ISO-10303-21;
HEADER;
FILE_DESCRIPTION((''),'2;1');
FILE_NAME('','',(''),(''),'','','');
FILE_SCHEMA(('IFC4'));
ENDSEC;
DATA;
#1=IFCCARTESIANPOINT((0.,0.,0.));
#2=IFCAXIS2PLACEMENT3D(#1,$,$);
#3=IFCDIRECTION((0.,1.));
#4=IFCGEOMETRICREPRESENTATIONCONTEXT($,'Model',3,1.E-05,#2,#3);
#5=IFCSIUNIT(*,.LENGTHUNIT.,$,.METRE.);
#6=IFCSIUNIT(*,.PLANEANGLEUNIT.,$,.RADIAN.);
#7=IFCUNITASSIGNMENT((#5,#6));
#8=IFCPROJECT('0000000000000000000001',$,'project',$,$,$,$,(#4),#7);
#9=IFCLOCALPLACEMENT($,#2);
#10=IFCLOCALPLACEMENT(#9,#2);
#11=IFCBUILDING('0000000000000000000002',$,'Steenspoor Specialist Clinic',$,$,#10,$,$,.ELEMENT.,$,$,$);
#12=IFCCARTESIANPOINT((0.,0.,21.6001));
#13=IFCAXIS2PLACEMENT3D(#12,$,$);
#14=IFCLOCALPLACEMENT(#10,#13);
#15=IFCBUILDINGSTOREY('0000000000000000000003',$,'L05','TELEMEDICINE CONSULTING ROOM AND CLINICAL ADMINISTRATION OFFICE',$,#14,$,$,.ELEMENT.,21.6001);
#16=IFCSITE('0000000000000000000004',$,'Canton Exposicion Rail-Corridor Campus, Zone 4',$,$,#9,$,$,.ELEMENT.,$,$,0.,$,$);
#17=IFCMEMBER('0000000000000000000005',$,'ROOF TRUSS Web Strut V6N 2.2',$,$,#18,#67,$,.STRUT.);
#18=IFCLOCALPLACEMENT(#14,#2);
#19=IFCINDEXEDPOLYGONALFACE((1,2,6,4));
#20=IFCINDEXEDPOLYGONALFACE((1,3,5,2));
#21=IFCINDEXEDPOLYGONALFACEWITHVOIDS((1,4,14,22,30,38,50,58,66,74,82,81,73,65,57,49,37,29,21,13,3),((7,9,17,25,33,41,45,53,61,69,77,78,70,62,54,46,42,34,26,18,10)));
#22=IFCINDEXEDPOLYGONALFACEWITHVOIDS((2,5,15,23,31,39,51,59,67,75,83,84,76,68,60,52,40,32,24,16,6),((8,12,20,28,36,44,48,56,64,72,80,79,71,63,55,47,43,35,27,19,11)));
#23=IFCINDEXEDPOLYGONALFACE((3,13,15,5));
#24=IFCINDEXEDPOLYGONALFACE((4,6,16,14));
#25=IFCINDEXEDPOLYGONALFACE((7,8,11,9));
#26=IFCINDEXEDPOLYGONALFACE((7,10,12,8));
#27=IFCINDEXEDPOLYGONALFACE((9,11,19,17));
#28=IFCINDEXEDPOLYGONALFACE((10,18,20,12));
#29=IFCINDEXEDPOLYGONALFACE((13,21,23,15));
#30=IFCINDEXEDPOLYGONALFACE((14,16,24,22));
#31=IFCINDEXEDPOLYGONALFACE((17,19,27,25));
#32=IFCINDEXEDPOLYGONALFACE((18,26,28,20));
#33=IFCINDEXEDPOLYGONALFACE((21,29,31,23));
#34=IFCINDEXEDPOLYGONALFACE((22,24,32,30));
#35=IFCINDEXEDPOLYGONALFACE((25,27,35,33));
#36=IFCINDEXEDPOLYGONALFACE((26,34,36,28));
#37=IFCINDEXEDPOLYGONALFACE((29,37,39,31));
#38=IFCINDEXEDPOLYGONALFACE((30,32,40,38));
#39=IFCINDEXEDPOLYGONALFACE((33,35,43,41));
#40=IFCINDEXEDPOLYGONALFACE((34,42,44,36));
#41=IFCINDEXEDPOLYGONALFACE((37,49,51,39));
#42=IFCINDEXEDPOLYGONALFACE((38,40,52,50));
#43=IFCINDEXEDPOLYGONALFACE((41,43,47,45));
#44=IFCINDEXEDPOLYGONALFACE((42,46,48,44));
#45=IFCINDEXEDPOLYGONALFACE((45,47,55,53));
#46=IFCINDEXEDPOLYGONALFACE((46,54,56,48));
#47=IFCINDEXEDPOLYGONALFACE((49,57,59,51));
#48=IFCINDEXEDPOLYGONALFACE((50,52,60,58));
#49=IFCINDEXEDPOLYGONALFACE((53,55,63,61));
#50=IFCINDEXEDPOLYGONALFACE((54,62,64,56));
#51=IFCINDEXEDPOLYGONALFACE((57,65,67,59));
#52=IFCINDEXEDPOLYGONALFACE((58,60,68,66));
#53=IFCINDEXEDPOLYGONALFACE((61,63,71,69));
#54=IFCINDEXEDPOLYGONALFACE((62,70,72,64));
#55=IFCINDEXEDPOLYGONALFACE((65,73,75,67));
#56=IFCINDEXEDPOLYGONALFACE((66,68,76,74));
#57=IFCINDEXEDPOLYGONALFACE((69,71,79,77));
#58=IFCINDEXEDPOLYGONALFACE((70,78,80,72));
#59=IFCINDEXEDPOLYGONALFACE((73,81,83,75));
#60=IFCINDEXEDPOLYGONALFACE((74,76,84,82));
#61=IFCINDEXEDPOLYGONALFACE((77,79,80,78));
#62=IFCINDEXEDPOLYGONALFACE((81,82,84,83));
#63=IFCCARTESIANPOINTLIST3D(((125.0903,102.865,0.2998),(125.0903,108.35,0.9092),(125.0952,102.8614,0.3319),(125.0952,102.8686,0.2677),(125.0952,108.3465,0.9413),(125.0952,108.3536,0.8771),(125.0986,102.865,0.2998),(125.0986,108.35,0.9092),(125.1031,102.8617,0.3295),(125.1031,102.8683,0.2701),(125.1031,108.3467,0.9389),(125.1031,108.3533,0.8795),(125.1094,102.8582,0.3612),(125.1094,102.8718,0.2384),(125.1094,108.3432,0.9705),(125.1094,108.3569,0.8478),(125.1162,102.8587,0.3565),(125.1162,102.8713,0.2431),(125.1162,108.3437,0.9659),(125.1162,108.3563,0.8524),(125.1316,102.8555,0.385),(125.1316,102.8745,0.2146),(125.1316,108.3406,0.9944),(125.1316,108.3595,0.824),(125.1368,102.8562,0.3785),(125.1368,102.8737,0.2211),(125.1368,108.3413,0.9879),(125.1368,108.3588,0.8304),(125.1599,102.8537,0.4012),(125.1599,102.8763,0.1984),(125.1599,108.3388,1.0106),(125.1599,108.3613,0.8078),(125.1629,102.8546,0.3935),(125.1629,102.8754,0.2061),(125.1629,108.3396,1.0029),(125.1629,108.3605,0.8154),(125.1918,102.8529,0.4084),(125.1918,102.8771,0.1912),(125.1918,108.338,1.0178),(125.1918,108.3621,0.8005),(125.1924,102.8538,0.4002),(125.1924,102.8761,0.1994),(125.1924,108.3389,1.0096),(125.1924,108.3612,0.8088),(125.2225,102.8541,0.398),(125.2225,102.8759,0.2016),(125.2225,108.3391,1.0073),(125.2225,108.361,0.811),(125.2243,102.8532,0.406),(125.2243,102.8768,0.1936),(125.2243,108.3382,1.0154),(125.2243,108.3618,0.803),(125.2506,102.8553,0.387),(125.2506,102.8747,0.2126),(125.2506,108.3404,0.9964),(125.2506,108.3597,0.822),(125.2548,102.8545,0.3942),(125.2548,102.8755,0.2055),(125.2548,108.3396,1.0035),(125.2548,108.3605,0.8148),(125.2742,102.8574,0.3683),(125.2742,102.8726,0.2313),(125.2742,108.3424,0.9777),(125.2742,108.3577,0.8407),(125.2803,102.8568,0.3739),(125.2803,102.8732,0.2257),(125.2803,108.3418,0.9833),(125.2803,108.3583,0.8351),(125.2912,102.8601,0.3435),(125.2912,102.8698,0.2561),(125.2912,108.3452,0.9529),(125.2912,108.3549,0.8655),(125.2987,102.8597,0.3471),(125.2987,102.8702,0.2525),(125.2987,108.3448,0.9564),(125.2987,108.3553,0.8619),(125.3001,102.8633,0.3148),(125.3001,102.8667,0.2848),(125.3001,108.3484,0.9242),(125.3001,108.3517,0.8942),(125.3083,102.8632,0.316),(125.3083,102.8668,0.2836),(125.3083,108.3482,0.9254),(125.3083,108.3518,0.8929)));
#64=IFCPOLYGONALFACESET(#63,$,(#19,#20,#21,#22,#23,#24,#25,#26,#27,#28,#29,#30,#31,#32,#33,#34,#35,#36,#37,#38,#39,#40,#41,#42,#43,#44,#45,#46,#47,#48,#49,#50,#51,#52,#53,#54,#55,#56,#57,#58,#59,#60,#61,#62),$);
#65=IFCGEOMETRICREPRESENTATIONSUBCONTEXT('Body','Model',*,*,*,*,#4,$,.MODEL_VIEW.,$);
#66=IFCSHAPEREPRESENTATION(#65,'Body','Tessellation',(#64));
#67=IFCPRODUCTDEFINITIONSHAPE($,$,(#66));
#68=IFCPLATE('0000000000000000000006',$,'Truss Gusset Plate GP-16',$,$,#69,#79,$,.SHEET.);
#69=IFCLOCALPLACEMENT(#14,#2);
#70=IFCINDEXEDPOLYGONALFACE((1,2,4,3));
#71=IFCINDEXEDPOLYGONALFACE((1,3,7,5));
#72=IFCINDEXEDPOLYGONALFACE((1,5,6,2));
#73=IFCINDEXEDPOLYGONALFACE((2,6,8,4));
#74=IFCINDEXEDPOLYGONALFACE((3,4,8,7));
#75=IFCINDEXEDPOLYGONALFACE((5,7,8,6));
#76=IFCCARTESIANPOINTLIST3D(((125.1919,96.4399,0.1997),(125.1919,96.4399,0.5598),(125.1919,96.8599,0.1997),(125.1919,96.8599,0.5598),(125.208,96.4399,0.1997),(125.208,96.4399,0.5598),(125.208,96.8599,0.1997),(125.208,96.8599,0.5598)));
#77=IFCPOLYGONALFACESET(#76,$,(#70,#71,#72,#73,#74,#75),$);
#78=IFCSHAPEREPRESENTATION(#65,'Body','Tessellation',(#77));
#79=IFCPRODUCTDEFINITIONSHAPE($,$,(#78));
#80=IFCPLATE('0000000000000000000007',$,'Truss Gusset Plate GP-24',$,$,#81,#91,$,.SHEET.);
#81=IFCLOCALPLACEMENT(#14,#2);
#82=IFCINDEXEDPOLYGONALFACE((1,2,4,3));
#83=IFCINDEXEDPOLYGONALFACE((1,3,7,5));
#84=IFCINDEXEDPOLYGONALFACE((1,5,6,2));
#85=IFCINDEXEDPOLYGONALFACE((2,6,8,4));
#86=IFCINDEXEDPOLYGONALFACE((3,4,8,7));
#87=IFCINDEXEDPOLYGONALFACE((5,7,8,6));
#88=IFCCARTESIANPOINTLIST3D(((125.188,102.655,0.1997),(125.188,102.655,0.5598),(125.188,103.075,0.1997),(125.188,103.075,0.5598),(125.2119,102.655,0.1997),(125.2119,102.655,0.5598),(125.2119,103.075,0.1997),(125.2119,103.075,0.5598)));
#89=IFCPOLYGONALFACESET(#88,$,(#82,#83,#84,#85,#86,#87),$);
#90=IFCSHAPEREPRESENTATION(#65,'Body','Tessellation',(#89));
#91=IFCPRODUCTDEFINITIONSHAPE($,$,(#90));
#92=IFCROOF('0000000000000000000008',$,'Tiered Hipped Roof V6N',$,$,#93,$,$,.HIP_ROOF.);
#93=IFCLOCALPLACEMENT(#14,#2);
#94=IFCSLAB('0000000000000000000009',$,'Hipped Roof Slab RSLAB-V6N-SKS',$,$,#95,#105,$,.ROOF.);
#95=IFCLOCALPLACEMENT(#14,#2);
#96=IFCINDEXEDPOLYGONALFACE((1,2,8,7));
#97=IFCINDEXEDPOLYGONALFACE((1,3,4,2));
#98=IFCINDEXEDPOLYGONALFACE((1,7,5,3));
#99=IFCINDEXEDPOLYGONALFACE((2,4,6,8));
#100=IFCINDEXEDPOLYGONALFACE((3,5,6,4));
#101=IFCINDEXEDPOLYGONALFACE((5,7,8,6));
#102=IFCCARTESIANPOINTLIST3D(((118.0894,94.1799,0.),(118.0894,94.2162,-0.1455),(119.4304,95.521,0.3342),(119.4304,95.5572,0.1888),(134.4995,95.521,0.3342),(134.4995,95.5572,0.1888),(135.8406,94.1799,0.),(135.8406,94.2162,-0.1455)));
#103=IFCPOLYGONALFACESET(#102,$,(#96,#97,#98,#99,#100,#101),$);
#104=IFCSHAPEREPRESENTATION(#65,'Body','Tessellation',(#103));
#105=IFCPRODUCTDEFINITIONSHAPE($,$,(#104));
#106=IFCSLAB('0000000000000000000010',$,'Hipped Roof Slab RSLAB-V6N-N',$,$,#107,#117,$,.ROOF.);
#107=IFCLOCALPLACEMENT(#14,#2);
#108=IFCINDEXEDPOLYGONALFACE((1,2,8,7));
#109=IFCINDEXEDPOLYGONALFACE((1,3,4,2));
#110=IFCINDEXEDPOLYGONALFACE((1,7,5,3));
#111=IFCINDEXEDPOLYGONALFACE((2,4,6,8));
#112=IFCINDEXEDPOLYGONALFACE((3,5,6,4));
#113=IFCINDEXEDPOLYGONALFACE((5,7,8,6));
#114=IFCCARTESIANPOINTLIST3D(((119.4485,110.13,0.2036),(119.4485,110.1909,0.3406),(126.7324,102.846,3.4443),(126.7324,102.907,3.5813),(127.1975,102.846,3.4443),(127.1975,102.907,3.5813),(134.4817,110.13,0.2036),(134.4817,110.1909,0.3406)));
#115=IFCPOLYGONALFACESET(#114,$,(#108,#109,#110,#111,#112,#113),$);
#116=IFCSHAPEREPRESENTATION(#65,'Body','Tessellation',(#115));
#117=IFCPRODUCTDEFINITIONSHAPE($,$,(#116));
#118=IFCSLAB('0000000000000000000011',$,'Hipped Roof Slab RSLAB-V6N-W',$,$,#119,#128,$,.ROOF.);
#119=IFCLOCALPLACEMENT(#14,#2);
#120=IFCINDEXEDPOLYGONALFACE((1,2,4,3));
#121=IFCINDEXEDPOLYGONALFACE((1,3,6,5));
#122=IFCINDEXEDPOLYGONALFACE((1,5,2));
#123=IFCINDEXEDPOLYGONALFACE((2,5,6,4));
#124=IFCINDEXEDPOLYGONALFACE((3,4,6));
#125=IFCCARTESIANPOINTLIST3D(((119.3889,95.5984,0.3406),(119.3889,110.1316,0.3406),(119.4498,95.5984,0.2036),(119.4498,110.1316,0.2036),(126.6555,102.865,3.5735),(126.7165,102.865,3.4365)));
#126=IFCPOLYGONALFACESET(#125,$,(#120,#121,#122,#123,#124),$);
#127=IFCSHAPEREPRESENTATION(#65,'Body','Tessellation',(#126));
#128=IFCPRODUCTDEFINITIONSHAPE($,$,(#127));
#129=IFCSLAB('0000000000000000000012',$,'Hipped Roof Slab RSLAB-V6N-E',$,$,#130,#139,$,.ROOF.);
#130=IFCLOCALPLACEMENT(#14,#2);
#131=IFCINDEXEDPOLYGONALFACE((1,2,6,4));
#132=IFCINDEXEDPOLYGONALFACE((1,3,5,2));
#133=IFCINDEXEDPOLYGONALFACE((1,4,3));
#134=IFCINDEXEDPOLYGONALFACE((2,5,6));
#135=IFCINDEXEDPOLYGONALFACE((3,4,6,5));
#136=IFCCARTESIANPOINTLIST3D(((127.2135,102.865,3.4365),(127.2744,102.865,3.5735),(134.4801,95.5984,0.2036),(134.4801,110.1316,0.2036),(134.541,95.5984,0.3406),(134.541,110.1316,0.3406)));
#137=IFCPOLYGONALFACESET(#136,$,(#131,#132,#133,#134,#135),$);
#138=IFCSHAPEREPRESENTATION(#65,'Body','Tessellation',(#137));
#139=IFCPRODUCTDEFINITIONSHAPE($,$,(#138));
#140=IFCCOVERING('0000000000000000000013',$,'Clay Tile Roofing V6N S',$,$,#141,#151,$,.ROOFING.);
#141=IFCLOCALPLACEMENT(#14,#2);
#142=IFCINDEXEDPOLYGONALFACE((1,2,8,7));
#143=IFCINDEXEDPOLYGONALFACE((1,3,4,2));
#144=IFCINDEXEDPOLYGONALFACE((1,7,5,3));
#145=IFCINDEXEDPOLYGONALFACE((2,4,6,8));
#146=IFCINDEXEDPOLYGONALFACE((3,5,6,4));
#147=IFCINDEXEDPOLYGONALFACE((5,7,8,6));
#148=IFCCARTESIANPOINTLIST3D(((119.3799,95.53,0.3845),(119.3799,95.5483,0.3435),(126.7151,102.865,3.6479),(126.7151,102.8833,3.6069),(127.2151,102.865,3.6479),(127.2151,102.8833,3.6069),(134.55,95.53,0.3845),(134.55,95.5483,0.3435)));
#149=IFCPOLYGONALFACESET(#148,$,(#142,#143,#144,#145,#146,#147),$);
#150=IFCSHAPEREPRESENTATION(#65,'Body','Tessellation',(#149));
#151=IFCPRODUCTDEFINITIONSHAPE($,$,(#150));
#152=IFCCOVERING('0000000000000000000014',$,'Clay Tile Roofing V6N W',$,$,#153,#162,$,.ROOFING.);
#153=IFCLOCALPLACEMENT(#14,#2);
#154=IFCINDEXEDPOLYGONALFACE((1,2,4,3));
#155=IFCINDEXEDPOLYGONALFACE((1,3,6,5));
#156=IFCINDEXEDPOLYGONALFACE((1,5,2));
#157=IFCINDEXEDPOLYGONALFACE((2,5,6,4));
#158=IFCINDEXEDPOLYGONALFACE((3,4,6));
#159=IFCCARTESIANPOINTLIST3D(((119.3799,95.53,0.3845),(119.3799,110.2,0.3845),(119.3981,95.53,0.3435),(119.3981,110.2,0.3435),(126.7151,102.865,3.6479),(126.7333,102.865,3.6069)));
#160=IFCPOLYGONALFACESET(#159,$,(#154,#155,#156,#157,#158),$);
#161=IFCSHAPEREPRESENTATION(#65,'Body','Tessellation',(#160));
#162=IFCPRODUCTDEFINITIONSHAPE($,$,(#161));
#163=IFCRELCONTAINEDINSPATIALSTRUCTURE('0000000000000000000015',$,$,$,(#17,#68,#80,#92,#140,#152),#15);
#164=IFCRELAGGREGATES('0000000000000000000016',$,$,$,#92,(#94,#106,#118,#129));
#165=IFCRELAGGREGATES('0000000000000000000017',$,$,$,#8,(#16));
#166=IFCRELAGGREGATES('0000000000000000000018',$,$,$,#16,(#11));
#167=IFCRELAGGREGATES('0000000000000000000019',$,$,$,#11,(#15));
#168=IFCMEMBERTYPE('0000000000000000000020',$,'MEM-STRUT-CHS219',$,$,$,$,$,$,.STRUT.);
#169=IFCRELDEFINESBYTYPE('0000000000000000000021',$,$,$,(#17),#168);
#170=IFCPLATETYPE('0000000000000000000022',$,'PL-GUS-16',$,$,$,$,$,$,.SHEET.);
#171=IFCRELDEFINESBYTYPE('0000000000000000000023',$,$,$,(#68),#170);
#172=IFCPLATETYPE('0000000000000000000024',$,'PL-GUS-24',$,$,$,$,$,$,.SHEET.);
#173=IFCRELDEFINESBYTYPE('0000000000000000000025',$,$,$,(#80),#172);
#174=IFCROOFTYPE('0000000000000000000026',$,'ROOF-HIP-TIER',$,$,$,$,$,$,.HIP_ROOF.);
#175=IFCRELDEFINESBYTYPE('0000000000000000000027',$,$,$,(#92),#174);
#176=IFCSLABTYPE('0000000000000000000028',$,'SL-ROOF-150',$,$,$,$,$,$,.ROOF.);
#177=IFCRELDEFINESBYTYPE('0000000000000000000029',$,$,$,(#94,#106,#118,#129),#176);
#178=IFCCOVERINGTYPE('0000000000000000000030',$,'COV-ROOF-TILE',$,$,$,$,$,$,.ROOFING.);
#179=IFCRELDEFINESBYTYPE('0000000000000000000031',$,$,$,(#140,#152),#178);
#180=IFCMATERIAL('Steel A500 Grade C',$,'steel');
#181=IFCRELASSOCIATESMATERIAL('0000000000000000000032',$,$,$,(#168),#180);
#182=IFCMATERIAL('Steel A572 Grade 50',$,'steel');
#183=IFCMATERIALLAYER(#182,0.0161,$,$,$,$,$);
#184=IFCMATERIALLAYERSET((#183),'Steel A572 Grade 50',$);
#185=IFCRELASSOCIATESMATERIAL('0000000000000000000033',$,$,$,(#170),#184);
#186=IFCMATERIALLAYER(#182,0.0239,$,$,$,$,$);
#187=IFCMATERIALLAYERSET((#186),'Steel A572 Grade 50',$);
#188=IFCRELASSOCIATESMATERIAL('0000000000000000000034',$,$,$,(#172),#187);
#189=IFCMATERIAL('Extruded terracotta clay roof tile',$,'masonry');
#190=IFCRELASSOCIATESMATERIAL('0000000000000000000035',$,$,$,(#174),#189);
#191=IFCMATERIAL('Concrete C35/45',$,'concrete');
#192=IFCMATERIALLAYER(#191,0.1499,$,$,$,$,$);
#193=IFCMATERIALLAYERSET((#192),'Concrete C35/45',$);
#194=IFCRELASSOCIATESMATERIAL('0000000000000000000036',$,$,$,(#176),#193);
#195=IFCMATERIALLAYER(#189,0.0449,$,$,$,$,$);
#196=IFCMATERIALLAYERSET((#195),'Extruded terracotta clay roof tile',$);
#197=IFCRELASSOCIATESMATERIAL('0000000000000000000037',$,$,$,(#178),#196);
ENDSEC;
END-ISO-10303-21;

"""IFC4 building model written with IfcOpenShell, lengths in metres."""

from ifc_helpers import new_model, si_unit, direction, frame, origin, origin_2d, place, context, subcontext, project, spatial, polyline, rectangle, hollow_circle, outline, extrude, material, layer, layer_set, material_profile, profile_set, type_object, element, aggregate, save


model = new_model("IFC4")

# Units and contexts
model_context = context("Model", 3, precision=1e-05, world=origin(), true_north=direction((0.0, 1.0)))
body_context = subcontext(model_context, "Body", "Model", "MODEL_VIEW")
ifc_project = project(units=[si_unit("LENGTHUNIT", "METRE"), si_unit("PLANEANGLEUNIT", "RADIAN")], contexts=[model_context])

# Site, building, storey
site_placement = place(None, origin())
site = spatial("IfcSite", under=ifc_project, at=site_placement, Name="Canton Exposicion Rail-Corridor Campus, Zone 4", CompositionType="ELEMENT", RefElevation=0.0)
building_placement = place(site_placement, origin())
building = spatial("IfcBuilding", under=site, at=building_placement, Name="Steenspoor Specialist Clinic", CompositionType="ELEMENT")
storey_placement = place(building_placement, frame((0.0, 0.0, 21.6001)))
storey = spatial("IfcBuildingStorey", under=building, at=storey_placement, Name="L05", Description="TELEMEDICINE CONSULTING ROOM AND CLINICAL ADMINISTRATION OFFICE", CompositionType="ELEMENT", Elevation=21.6001)

# Member
ifc_material_1 = material(Name="Steel A500 Grade C", Category="steel")
ifc_material_profile_1 = material_profile(ifc_material_1, hollow_circle(Radius=0.1096, WallThickness=0.0083, at=origin_2d()), Name="CHS219X8.2")
ifc_profile_set_1 = profile_set([ifc_material_profile_1], Name="Steel A500 Grade C")
member_type_1 = type_object("IfcMemberType", Name="MEM-STRUT-CHS219", PredefinedType="STRUT", material=ifc_profile_set_1)
member_1_placement = place(storey_placement, frame((125.2, 102.865, 0.2998), z_axis=(0.0, 0.993885, 0.110417), x_axis=(-1.0, 0.0, 0.0)))
element("IfcMember", 1, at=member_1_placement, inside=storey, type_object=member_type_1, Name="ROOF TRUSS Web Strut V6N 2.2", PredefinedType="STRUT", context=body_context, shape_type="SweptSolid", body=[
    extrude(hollow_circle(Radius=0.1096, WallThickness=0.0083, at=origin_2d()), origin(), (0.0, 0.0, 1.0), 5.5188),
])

# Plates
ifc_material_2 = material(Name="Steel A572 Grade 50", Category="steel")
ifc_layer_1 = layer(ifc_material_2, 0.0161)
ifc_layer_set_1 = layer_set([ifc_layer_1], Name="Steel A572 Grade 50")
plate_type_1 = type_object("IfcPlateType", Name="PL-GUS-16", PredefinedType="SHEET", material=ifc_layer_set_1)
plate_1_placement = place(storey_placement, frame((125.2, 96.6499, 0.1997), z_axis=(0.0, 0.0, 1.0), x_axis=(1.0, 0.0, 0.0)))
element("IfcPlate", 2, at=plate_1_placement, inside=storey, type_object=plate_type_1, Name="Truss Gusset Plate GP-16", PredefinedType="SHEET", context=body_context, shape_type="SweptSolid", body=[
    extrude(rectangle(XDim=0.0161, YDim=0.4199, at=origin_2d()), origin(), (0.0, 0.0, 1.0), 0.3601),
])
ifc_layer_2 = layer(ifc_material_2, 0.0239)
ifc_layer_set_2 = layer_set([ifc_layer_2], Name="Steel A572 Grade 50")
plate_type_2 = type_object("IfcPlateType", Name="PL-GUS-24", PredefinedType="SHEET", material=ifc_layer_set_2)
plate_2_placement = place(storey_placement, frame((125.2, 102.865, 0.1997), z_axis=(0.0, 0.0, 1.0), x_axis=(1.0, 0.0, 0.0)))
element("IfcPlate", 3, at=plate_2_placement, inside=storey, type_object=plate_type_2, Name="Truss Gusset Plate GP-24", PredefinedType="SHEET", context=body_context, shape_type="SweptSolid", body=[
    extrude(rectangle(XDim=0.0239, YDim=0.4199, at=origin_2d()), origin(), (0.0, 0.0, 1.0), 0.3601),
])

# Roof, slabs
ifc_material_3 = material(Name="Extruded terracotta clay roof tile", Category="masonry")
roof_type = type_object("IfcRoofType", Name="ROOF-HIP-TIER", PredefinedType="HIP_ROOF", material=ifc_material_3)
roof_placement = place(storey_placement, origin())
roof = element("IfcRoof", 4, at=roof_placement, inside=storey, type_object=roof_type, Name="Tiered Hipped Roof V6N", PredefinedType="HIP_ROOF")
ifc_material_4 = material(Name="Concrete C35/45", Category="concrete")
ifc_layer_3 = layer(ifc_material_4, 0.1499)
ifc_layer_set_3 = layer_set([ifc_layer_3], Name="Concrete C35/45")
slab_type = type_object("IfcSlabType", Name="SL-ROOF-150", PredefinedType="ROOF", material=ifc_layer_set_3)
slab_1_placement = place(storey_placement, frame((119.4304, 95.521, 0.3342), z_axis=(0.0, -0.241829, 0.970319), x_axis=(-0.696376, -0.696376, -0.173555)))
slab_1 = element("IfcSlab", 5, at=slab_1_placement, type_object=slab_type, Name="Hipped Roof Slab RSLAB-V6N-SKS", PredefinedType="ROOF", context=body_context, shape_type="SweptSolid", body=[
    extrude(outline(polyline([(0.0, 0.0), (1.9258, 0.0), (-10.4357, 12.7396), (-10.4938, 10.8147), (0.0, 0.0)])), origin(), (0.0, 0.0, -1.0), 0.1499),
])
slab_2_placement = place(storey_placement, frame((119.4485, 110.1909, 0.3406), z_axis=(0.0, 0.406496, 0.913652), x_axis=(0.674514, -0.674514, 0.300101)))
slab_2 = element("IfcSlab", 6, at=slab_2_placement, type_object=slab_type, Name="Hipped Roof Slab RSLAB-V6N-N", PredefinedType="ROOF", context=body_context, shape_type="SweptSolid", body=[
    extrude(outline(polyline([(0.0, 0.0), (10.7988, 0.0), (11.1125, 0.3434), (10.1401, 11.0984), (0.0, 0.0)])), origin(), (0.0, 0.0, -1.0), 0.1499),
])
slab_3_placement = place(storey_placement, frame((126.6555, 102.865, 3.5735), z_axis=(-0.406486, 0.0, 0.913657), x_axis=(-0.674516, 0.674516, -0.300092)))
slab_3 = element("IfcSlab", 7, at=slab_3_placement, type_object=slab_type, Name="Hipped Roof Slab RSLAB-V6N-W", PredefinedType="ROOF", context=body_context, shape_type="SweptSolid", body=[
    extrude(outline(polyline([(0.0, 0.0), (10.7731, 0.0), (0.9702, 10.7293), (0.0, 0.0)])), origin(), (0.0, 0.0, -1.0), 0.1499),
])
slab_4_placement = place(storey_placement, frame((127.2744, 102.865, 3.5735), z_axis=(0.406486, 0.0, 0.913657), x_axis=(0.674516, -0.674516, -0.300092)))
slab_4 = element("IfcSlab", 8, at=slab_4_placement, type_object=slab_type, Name="Hipped Roof Slab RSLAB-V6N-E", PredefinedType="ROOF", context=body_context, shape_type="SweptSolid", body=[
    extrude(outline(polyline([(0.0, 0.0), (10.7731, 0.0), (0.9702, 10.7293), (0.0, 0.0)])), origin(), (0.0, 0.0, -1.0), 0.1499),
])
aggregate(roof, [slab_1, slab_2, slab_3, slab_4])

# Coverings
ifc_layer_4 = layer(ifc_material_3, 0.0449)
ifc_layer_set_4 = layer_set([ifc_layer_4], Name="Extruded terracotta clay roof tile")
covering_type = type_object("IfcCoveringType", Name="COV-ROOF-TILE", PredefinedType="ROOFING", material=ifc_layer_set_4)
covering_1_placement = place(storey_placement, frame((119.3799, 95.53, 0.3845), z_axis=(0.0, -0.406497, 0.913652), x_axis=(1.0, 0.0, 0.0)))
element("IfcCovering", 9, at=covering_1_placement, inside=storey, type_object=covering_type, Name="Clay Tile Roofing V6N S", PredefinedType="ROOFING", context=body_context, shape_type="SweptSolid", body=[
    extrude(outline(polyline([(0.0, 0.0), (15.1702, 0.0), (7.8352, 8.0282), (7.3352, 8.0282), (0.0, 0.0)])), origin(), (0.0, 0.0, -1.0), 0.0449),
])
covering_2_placement = place(storey_placement, frame((119.3799, 110.2, 0.3845), z_axis=(-0.406485, 0.0, 0.913657), x_axis=(0.0, -1.0, 0.0)))
element("IfcCovering", 10, at=covering_2_placement, inside=storey, type_object=covering_type, Name="Clay Tile Roofing V6N W", PredefinedType="ROOFING", context=body_context, shape_type="SweptSolid", body=[
    extrude(outline(polyline([(0.0, 0.0), (14.6699, 0.0), (7.335, 8.0284), (0.0, 0.0)])), origin(), (0.0, 0.0, -1.0), 0.0449),
])

save(model, "model.ifc")
